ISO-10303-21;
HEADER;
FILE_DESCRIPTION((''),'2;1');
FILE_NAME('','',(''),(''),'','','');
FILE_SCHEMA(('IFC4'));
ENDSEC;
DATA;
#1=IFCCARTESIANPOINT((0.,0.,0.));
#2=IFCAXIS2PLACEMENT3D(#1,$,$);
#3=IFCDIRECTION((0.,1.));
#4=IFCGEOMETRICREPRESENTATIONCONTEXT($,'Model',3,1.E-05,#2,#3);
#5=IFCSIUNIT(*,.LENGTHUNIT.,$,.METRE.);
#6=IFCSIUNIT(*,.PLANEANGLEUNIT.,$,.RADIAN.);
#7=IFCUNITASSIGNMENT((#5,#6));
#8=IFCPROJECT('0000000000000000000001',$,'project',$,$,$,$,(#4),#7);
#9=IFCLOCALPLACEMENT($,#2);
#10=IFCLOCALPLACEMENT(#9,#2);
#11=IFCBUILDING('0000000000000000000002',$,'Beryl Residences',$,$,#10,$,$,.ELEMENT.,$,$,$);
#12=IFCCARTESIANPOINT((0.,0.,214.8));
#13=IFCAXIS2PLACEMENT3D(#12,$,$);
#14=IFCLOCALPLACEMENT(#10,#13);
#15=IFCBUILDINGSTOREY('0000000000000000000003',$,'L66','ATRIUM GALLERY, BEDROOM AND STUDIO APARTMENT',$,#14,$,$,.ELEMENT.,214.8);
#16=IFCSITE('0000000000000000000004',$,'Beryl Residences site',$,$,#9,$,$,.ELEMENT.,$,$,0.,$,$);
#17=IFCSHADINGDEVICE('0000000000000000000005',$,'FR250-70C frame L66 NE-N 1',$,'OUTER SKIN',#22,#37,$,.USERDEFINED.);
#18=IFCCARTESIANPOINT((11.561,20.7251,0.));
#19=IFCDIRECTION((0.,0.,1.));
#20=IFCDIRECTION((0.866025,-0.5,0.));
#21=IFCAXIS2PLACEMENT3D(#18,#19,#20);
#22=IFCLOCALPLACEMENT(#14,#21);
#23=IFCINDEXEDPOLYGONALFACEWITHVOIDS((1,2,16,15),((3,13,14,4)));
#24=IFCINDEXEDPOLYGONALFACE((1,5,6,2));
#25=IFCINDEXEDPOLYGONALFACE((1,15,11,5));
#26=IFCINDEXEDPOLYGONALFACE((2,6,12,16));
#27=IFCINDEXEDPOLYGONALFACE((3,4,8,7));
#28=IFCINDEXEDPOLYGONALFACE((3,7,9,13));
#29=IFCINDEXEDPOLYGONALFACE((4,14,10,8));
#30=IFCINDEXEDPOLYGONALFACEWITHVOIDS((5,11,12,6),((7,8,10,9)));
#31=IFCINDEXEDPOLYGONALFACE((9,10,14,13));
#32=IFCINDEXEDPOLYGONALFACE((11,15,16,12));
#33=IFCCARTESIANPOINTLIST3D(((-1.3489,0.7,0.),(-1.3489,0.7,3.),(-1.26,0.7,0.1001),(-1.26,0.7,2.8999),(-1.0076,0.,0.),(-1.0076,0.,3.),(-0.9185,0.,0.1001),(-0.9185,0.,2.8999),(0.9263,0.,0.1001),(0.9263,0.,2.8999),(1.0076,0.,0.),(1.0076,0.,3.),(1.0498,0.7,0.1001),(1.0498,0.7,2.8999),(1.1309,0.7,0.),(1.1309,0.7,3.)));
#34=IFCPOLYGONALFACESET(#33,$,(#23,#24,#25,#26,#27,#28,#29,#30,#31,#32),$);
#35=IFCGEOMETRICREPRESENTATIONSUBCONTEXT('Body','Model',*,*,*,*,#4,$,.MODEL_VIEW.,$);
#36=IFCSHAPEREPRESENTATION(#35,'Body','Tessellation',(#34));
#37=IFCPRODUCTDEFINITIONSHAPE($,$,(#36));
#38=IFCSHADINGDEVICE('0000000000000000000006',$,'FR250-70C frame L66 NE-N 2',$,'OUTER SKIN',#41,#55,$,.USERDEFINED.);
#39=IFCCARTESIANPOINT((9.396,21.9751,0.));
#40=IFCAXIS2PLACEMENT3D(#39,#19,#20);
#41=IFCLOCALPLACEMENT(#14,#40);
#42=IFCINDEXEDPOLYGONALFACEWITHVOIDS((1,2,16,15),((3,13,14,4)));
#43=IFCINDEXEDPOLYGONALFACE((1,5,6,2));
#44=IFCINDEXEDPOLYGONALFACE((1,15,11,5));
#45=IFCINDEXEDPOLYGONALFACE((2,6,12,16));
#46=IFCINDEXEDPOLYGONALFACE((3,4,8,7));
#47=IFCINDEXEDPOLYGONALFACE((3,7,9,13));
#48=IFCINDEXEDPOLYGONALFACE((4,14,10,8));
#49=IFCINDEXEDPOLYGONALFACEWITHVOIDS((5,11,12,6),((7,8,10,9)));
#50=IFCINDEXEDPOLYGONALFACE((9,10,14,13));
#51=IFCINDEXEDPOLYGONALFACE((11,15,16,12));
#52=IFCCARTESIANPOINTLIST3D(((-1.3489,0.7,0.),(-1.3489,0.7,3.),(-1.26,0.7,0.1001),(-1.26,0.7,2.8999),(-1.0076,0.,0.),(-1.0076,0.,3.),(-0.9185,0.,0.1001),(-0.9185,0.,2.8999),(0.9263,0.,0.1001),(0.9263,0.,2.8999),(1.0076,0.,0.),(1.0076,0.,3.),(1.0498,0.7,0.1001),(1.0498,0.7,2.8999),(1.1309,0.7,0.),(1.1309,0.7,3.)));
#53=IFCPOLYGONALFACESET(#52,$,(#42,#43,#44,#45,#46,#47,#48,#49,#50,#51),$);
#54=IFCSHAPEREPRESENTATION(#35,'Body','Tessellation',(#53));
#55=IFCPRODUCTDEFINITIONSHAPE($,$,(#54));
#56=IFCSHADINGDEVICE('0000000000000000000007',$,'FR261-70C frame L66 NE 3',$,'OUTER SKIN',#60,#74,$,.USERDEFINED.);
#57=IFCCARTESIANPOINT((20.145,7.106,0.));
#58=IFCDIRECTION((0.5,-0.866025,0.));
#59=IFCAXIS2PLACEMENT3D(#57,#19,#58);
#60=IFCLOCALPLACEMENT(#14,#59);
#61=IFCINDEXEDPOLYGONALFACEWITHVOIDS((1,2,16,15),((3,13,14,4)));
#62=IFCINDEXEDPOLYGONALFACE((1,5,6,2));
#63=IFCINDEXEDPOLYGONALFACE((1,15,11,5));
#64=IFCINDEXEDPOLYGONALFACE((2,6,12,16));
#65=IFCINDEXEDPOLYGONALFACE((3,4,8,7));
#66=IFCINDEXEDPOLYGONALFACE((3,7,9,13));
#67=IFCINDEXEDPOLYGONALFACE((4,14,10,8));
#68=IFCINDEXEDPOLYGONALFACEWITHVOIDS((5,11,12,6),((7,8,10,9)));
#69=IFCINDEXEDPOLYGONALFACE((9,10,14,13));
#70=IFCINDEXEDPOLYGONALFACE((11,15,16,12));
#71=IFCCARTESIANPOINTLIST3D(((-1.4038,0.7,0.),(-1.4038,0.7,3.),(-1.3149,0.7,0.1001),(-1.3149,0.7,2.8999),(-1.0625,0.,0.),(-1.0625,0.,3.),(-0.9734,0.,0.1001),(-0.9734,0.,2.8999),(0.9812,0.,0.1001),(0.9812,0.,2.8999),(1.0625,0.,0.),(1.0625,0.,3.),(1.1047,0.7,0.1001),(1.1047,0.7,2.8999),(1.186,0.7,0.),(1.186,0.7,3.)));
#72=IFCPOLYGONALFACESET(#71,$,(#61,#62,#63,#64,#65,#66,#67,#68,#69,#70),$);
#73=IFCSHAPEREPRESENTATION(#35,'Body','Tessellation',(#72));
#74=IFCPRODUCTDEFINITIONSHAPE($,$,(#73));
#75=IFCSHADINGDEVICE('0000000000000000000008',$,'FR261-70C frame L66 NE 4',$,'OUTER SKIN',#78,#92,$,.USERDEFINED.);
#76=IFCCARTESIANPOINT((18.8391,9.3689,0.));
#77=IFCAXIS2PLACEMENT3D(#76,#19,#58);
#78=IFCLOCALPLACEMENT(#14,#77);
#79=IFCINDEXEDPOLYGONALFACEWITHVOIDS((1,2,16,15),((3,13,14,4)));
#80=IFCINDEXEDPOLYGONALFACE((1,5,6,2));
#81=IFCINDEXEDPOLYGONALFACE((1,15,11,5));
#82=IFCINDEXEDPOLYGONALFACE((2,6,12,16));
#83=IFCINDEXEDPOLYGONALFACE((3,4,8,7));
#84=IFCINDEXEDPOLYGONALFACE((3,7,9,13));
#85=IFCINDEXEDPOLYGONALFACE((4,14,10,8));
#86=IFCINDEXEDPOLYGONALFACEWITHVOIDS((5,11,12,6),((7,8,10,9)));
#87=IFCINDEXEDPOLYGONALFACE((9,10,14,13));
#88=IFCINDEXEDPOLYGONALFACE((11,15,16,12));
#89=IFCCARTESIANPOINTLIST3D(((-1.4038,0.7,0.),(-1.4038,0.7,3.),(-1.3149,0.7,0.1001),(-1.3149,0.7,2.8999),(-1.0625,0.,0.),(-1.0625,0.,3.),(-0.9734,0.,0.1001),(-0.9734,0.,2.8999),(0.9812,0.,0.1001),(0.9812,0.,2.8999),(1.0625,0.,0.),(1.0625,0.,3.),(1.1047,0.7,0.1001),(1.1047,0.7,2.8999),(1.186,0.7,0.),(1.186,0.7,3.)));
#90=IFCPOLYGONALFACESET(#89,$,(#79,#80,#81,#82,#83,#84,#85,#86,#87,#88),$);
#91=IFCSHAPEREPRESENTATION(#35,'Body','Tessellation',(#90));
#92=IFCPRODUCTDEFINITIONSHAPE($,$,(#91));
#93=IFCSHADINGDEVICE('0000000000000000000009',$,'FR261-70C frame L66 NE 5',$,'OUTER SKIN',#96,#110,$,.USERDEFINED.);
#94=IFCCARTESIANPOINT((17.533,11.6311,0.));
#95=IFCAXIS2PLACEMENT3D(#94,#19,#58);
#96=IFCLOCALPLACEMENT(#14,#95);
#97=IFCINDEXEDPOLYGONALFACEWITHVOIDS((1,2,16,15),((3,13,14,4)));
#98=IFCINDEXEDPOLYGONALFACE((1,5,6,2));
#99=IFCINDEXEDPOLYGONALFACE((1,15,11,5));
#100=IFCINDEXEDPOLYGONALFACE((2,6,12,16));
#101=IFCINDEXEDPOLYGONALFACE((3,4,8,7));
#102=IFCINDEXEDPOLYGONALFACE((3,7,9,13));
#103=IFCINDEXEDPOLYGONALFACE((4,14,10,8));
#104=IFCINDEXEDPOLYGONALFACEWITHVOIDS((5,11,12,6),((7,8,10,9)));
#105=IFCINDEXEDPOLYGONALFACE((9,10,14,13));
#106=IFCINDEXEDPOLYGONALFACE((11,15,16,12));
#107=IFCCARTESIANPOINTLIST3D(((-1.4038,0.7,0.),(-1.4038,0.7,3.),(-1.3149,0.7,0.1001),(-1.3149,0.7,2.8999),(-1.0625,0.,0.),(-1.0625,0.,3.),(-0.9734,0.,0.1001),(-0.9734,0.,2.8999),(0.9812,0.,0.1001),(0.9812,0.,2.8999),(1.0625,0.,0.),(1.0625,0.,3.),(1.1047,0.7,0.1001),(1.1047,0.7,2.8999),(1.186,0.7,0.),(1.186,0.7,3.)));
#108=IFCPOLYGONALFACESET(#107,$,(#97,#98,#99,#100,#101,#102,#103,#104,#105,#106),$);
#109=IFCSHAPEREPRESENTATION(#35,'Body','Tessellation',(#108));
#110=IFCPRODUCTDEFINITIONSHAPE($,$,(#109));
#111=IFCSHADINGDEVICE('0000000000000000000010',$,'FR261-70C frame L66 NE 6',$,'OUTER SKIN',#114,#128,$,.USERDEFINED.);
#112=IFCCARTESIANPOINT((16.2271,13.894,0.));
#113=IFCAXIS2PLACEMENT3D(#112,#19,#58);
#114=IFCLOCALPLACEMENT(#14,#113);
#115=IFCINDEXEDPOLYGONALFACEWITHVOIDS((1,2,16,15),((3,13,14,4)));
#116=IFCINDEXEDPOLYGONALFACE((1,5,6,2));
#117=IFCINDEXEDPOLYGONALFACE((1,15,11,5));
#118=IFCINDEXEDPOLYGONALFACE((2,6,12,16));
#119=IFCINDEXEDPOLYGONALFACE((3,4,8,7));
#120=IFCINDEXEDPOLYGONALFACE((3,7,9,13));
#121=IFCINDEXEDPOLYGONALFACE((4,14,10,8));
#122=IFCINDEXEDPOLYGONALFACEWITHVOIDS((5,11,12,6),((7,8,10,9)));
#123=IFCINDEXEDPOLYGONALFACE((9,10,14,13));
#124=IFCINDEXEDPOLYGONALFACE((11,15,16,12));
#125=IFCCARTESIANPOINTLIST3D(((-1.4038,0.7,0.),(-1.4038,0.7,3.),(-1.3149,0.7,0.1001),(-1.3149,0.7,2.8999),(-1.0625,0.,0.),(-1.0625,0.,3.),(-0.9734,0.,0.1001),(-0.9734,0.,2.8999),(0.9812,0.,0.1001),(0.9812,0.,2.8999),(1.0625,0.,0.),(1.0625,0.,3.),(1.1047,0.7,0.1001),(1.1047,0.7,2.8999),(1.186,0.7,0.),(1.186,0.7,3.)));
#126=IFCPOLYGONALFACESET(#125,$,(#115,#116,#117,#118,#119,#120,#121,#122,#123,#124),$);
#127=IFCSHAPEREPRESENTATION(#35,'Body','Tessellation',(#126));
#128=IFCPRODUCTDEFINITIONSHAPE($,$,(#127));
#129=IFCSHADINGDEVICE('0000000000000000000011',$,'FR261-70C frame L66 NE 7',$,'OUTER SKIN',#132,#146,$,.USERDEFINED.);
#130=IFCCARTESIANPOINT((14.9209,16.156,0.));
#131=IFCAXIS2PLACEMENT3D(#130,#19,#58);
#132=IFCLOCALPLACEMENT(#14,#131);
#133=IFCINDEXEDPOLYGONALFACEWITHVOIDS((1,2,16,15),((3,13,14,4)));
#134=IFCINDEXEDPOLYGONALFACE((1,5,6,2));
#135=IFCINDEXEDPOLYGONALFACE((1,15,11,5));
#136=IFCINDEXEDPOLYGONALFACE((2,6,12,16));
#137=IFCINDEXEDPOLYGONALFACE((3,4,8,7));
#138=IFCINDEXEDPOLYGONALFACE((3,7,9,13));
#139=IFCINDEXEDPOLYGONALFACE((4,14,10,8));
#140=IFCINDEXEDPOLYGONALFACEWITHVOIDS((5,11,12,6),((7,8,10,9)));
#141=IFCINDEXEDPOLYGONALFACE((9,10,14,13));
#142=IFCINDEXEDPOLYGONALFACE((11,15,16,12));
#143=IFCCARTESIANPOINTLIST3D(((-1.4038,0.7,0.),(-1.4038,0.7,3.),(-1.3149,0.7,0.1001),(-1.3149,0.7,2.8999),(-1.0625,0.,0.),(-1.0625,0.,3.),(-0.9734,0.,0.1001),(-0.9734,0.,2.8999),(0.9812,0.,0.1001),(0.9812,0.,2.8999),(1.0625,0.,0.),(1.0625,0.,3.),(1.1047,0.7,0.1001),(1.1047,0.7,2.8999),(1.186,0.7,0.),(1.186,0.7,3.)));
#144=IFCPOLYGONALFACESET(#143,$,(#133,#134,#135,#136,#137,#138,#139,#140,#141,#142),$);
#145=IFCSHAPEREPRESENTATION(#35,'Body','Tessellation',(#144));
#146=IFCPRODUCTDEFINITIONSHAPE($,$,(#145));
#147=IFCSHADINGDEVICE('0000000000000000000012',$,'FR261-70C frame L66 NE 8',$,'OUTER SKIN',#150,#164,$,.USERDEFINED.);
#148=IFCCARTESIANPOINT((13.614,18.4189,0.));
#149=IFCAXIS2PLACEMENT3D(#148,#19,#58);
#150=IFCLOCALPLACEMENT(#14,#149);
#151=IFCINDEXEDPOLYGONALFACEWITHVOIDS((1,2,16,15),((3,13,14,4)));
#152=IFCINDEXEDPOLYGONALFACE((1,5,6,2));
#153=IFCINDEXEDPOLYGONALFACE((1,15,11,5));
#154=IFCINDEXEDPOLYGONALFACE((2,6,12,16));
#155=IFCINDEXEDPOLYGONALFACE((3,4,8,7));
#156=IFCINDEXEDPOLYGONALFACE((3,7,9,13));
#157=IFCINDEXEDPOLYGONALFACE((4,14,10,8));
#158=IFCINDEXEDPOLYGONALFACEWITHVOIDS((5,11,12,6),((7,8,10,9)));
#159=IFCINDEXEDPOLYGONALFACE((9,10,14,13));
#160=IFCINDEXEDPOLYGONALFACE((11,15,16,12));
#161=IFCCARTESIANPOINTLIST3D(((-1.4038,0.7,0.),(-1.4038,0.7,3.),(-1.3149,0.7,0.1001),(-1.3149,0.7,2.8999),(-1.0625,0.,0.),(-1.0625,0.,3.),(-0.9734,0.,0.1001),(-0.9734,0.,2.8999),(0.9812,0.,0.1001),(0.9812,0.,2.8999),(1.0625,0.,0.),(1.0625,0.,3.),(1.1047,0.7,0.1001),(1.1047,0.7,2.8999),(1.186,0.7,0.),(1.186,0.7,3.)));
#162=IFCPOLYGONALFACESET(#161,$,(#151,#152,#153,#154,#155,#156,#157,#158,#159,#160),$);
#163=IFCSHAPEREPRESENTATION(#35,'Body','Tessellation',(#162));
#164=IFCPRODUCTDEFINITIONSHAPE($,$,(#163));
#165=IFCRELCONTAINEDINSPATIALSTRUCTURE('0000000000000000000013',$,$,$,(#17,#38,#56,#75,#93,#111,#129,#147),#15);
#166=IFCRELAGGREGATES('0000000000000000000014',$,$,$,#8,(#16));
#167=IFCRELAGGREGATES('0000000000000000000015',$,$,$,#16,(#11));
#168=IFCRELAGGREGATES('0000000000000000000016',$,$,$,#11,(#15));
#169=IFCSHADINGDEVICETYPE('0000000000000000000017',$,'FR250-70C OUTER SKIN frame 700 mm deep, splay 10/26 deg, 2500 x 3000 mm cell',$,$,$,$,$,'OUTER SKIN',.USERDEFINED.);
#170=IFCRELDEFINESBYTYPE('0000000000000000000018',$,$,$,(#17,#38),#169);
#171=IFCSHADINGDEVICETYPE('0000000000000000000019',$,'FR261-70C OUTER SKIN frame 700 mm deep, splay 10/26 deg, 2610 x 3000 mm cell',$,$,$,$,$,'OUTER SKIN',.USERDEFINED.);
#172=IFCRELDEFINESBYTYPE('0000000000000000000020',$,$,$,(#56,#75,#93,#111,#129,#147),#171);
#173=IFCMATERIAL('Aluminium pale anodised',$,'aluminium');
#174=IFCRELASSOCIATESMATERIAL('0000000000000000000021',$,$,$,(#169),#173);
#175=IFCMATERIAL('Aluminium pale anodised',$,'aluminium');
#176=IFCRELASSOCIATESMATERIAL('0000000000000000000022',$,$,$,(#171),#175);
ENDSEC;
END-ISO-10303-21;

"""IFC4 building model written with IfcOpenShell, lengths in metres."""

from ifc_helpers import new_model, entity, si_unit, direction, frame, origin, place, context, subcontext, project, spatial, source, transform, mapped, material, type_object, type_shapes, element, save


model = new_model("IFC4")

# Units and contexts
model_context = context("Model", 3, precision=1e-05, world=origin(), true_north=direction((0.0, 1.0)))
body_context = subcontext(model_context, "Body", "Model", "MODEL_VIEW")
ifc_project = project(units=[si_unit("LENGTHUNIT", "METRE"), si_unit("PLANEANGLEUNIT", "RADIAN")], contexts=[model_context])

# Site, building, storey
site_placement = place(None, origin())
site = spatial("IfcSite", under=ifc_project, at=site_placement, Name="Beryl Residences site", CompositionType="ELEMENT", RefElevation=0.0)
building_placement = place(site_placement, origin())
building = spatial("IfcBuilding", under=site, at=building_placement, Name="Beryl Residences", CompositionType="ELEMENT")
storey_placement = place(building_placement, frame((0.0, 0.0, 214.8)))
storey = spatial("IfcBuildingStorey", under=building, at=storey_placement, Name="L66", Description="ATRIUM GALLERY, BEDROOM AND STUDIO APARTMENT", CompositionType="ELEMENT", Elevation=214.8)

# Shading devices
ifc_material_1 = material(Name="Aluminium pale anodised", Category="aluminium")
shading_device_type_1 = type_object("IfcShadingDeviceType", Name="FR250-70C OUTER SKIN frame 700 mm deep, splay 10/26 deg, 2500 x 3000 mm cell", ElementType="OUTER SKIN", PredefinedType="USERDEFINED", material=ifc_material_1)
cartesian_point_1 = entity("IfcCartesianPoint", [-1.0076, 0.0])
cartesian_point_2 = entity("IfcCartesianPoint", [-0.9263, 0.1001])
cartesian_point_3 = entity("IfcCartesianPoint", [-1.1309, 0.0])
cartesian_point_4 = entity("IfcCartesianPoint", [-1.0498, 0.1001])
shared_shape_1 = source(origin(), body_context, "Body", "SweptSolid", [
    entity("IfcExtrudedAreaSolidTapered", entity("IfcArbitraryProfileDefWithVoids", "AREA", None, entity("IfcPolyline", [cartesian_point_1, entity("IfcCartesianPoint", [1.0076, 0.0]), entity("IfcCartesianPoint", [1.0076, 3.0]), entity("IfcCartesianPoint", [-1.0076, 3.0]), cartesian_point_1]), [entity("IfcPolyline", [cartesian_point_2, entity("IfcCartesianPoint", [0.9185, 0.1001]), entity("IfcCartesianPoint", [0.9185, 2.8999]), entity("IfcCartesianPoint", [-0.9263, 2.8999]), cartesian_point_2])]), entity("IfcAxis2Placement3D", entity("IfcCartesianPoint", [0.0, 0.0, 0.0]), entity("IfcDirection", [0.0, 1.0, 0.0]), entity("IfcDirection", [-1.0, 0.0, 0.0])), entity("IfcDirection", [0.0, 0.0, 1.0]), 0.7, entity("IfcArbitraryProfileDefWithVoids", "AREA", None, entity("IfcPolyline", [cartesian_point_3, entity("IfcCartesianPoint", [1.3489, 0.0]), entity("IfcCartesianPoint", [1.3489, 3.0]), entity("IfcCartesianPoint", [-1.1309, 3.0]), cartesian_point_3]), [entity("IfcPolyline", [cartesian_point_4, entity("IfcCartesianPoint", [1.26, 0.1001]), entity("IfcCartesianPoint", [1.26, 2.8999]), entity("IfcCartesianPoint", [-1.0498, 2.8999]), cartesian_point_4])])),
])
type_shapes(shading_device_type_1, [shared_shape_1])
for number, where, z_axis, x_axis, name in (
    (1, (11.561, 20.7251, 0.0), (0.0, 0.0, 1.0), (0.866025, -0.5, 0.0), "FR250-70C frame L66 NE-N 1"),
    (2, (9.396, 21.9751, 0.0), (0.0, 0.0, 1.0), (0.866025, -0.5, 0.0), "FR250-70C frame L66 NE-N 2"),
):
    element("IfcShadingDevice", number, at=place(storey_placement, frame(where, z_axis=z_axis, x_axis=x_axis)), inside=storey, type_object=shading_device_type_1, Name=name, ObjectType="OUTER SKIN", PredefinedType="USERDEFINED", context=body_context, shape_type="MappedRepresentation", body=[
        mapped(shared_shape_1, transform((0.0, 0.0, 0.0))),
    ])
ifc_material_2 = material(Name="Aluminium pale anodised", Category="aluminium")
shading_device_type_2 = type_object("IfcShadingDeviceType", Name="FR261-70C OUTER SKIN frame 700 mm deep, splay 10/26 deg, 2610 x 3000 mm cell", ElementType="OUTER SKIN", PredefinedType="USERDEFINED", material=ifc_material_2)
cartesian_point_5 = entity("IfcCartesianPoint", [-1.0625, 0.0])
cartesian_point_6 = entity("IfcCartesianPoint", [-0.9812, 0.1001])
cartesian_point_7 = entity("IfcCartesianPoint", [-1.186, 0.0])
cartesian_point_8 = entity("IfcCartesianPoint", [-1.1047, 0.1001])
shared_shape_2 = source(origin(), body_context, "Body", "SweptSolid", [
    entity("IfcExtrudedAreaSolidTapered", entity("IfcArbitraryProfileDefWithVoids", "AREA", None, entity("IfcPolyline", [cartesian_point_5, entity("IfcCartesianPoint", [1.0625, 0.0]), entity("IfcCartesianPoint", [1.0625, 3.0]), entity("IfcCartesianPoint", [-1.0625, 3.0]), cartesian_point_5]), [entity("IfcPolyline", [cartesian_point_6, entity("IfcCartesianPoint", [0.9734, 0.1001]), entity("IfcCartesianPoint", [0.9734, 2.8999]), entity("IfcCartesianPoint", [-0.9812, 2.8999]), cartesian_point_6])]), entity("IfcAxis2Placement3D", entity("IfcCartesianPoint", [0.0, 0.0, 0.0]), entity("IfcDirection", [0.0, 1.0, 0.0]), entity("IfcDirection", [-1.0, 0.0, 0.0])), entity("IfcDirection", [0.0, 0.0, 1.0]), 0.7, entity("IfcArbitraryProfileDefWithVoids", "AREA", None, entity("IfcPolyline", [cartesian_point_7, entity("IfcCartesianPoint", [1.4038, 0.0]), entity("IfcCartesianPoint", [1.4038, 3.0]), entity("IfcCartesianPoint", [-1.186, 3.0]), cartesian_point_7]), [entity("IfcPolyline", [cartesian_point_8, entity("IfcCartesianPoint", [1.3149, 0.1001]), entity("IfcCartesianPoint", [1.3149, 2.8999]), entity("IfcCartesianPoint", [-1.1047, 2.8999]), cartesian_point_8])])),
])
type_shapes(shading_device_type_2, [shared_shape_2])
for number, where, z_axis, x_axis, name in (
    (3, (20.145, 7.106, 0.0), (0.0, 0.0, 1.0), (0.5, -0.866025, 0.0), "FR261-70C frame L66 NE 3"),
    (4, (18.8391, 9.3689, 0.0), (0.0, 0.0, 1.0), (0.5, -0.866025, 0.0), "FR261-70C frame L66 NE 4"),
    (5, (17.533, 11.6311, 0.0), (0.0, 0.0, 1.0), (0.5, -0.866025, 0.0), "FR261-70C frame L66 NE 5"),
    (6, (16.2271, 13.894, 0.0), (0.0, 0.0, 1.0), (0.5, -0.866025, 0.0), "FR261-70C frame L66 NE 6"),
    (7, (14.9209, 16.156, 0.0), (0.0, 0.0, 1.0), (0.5, -0.866025, 0.0), "FR261-70C frame L66 NE 7"),
    (8, (13.614, 18.4189, 0.0), (0.0, 0.0, 1.0), (0.5, -0.866025, 0.0), "FR261-70C frame L66 NE 8"),
):
    element("IfcShadingDevice", number, at=place(storey_placement, frame(where, z_axis=z_axis, x_axis=x_axis)), inside=storey, type_object=shading_device_type_2, Name=name, ObjectType="OUTER SKIN", PredefinedType="USERDEFINED", context=body_context, shape_type="MappedRepresentation", body=[
        mapped(shared_shape_2, transform((0.0, 0.0, 0.0))),
    ])

save(model, "model.ifc")
